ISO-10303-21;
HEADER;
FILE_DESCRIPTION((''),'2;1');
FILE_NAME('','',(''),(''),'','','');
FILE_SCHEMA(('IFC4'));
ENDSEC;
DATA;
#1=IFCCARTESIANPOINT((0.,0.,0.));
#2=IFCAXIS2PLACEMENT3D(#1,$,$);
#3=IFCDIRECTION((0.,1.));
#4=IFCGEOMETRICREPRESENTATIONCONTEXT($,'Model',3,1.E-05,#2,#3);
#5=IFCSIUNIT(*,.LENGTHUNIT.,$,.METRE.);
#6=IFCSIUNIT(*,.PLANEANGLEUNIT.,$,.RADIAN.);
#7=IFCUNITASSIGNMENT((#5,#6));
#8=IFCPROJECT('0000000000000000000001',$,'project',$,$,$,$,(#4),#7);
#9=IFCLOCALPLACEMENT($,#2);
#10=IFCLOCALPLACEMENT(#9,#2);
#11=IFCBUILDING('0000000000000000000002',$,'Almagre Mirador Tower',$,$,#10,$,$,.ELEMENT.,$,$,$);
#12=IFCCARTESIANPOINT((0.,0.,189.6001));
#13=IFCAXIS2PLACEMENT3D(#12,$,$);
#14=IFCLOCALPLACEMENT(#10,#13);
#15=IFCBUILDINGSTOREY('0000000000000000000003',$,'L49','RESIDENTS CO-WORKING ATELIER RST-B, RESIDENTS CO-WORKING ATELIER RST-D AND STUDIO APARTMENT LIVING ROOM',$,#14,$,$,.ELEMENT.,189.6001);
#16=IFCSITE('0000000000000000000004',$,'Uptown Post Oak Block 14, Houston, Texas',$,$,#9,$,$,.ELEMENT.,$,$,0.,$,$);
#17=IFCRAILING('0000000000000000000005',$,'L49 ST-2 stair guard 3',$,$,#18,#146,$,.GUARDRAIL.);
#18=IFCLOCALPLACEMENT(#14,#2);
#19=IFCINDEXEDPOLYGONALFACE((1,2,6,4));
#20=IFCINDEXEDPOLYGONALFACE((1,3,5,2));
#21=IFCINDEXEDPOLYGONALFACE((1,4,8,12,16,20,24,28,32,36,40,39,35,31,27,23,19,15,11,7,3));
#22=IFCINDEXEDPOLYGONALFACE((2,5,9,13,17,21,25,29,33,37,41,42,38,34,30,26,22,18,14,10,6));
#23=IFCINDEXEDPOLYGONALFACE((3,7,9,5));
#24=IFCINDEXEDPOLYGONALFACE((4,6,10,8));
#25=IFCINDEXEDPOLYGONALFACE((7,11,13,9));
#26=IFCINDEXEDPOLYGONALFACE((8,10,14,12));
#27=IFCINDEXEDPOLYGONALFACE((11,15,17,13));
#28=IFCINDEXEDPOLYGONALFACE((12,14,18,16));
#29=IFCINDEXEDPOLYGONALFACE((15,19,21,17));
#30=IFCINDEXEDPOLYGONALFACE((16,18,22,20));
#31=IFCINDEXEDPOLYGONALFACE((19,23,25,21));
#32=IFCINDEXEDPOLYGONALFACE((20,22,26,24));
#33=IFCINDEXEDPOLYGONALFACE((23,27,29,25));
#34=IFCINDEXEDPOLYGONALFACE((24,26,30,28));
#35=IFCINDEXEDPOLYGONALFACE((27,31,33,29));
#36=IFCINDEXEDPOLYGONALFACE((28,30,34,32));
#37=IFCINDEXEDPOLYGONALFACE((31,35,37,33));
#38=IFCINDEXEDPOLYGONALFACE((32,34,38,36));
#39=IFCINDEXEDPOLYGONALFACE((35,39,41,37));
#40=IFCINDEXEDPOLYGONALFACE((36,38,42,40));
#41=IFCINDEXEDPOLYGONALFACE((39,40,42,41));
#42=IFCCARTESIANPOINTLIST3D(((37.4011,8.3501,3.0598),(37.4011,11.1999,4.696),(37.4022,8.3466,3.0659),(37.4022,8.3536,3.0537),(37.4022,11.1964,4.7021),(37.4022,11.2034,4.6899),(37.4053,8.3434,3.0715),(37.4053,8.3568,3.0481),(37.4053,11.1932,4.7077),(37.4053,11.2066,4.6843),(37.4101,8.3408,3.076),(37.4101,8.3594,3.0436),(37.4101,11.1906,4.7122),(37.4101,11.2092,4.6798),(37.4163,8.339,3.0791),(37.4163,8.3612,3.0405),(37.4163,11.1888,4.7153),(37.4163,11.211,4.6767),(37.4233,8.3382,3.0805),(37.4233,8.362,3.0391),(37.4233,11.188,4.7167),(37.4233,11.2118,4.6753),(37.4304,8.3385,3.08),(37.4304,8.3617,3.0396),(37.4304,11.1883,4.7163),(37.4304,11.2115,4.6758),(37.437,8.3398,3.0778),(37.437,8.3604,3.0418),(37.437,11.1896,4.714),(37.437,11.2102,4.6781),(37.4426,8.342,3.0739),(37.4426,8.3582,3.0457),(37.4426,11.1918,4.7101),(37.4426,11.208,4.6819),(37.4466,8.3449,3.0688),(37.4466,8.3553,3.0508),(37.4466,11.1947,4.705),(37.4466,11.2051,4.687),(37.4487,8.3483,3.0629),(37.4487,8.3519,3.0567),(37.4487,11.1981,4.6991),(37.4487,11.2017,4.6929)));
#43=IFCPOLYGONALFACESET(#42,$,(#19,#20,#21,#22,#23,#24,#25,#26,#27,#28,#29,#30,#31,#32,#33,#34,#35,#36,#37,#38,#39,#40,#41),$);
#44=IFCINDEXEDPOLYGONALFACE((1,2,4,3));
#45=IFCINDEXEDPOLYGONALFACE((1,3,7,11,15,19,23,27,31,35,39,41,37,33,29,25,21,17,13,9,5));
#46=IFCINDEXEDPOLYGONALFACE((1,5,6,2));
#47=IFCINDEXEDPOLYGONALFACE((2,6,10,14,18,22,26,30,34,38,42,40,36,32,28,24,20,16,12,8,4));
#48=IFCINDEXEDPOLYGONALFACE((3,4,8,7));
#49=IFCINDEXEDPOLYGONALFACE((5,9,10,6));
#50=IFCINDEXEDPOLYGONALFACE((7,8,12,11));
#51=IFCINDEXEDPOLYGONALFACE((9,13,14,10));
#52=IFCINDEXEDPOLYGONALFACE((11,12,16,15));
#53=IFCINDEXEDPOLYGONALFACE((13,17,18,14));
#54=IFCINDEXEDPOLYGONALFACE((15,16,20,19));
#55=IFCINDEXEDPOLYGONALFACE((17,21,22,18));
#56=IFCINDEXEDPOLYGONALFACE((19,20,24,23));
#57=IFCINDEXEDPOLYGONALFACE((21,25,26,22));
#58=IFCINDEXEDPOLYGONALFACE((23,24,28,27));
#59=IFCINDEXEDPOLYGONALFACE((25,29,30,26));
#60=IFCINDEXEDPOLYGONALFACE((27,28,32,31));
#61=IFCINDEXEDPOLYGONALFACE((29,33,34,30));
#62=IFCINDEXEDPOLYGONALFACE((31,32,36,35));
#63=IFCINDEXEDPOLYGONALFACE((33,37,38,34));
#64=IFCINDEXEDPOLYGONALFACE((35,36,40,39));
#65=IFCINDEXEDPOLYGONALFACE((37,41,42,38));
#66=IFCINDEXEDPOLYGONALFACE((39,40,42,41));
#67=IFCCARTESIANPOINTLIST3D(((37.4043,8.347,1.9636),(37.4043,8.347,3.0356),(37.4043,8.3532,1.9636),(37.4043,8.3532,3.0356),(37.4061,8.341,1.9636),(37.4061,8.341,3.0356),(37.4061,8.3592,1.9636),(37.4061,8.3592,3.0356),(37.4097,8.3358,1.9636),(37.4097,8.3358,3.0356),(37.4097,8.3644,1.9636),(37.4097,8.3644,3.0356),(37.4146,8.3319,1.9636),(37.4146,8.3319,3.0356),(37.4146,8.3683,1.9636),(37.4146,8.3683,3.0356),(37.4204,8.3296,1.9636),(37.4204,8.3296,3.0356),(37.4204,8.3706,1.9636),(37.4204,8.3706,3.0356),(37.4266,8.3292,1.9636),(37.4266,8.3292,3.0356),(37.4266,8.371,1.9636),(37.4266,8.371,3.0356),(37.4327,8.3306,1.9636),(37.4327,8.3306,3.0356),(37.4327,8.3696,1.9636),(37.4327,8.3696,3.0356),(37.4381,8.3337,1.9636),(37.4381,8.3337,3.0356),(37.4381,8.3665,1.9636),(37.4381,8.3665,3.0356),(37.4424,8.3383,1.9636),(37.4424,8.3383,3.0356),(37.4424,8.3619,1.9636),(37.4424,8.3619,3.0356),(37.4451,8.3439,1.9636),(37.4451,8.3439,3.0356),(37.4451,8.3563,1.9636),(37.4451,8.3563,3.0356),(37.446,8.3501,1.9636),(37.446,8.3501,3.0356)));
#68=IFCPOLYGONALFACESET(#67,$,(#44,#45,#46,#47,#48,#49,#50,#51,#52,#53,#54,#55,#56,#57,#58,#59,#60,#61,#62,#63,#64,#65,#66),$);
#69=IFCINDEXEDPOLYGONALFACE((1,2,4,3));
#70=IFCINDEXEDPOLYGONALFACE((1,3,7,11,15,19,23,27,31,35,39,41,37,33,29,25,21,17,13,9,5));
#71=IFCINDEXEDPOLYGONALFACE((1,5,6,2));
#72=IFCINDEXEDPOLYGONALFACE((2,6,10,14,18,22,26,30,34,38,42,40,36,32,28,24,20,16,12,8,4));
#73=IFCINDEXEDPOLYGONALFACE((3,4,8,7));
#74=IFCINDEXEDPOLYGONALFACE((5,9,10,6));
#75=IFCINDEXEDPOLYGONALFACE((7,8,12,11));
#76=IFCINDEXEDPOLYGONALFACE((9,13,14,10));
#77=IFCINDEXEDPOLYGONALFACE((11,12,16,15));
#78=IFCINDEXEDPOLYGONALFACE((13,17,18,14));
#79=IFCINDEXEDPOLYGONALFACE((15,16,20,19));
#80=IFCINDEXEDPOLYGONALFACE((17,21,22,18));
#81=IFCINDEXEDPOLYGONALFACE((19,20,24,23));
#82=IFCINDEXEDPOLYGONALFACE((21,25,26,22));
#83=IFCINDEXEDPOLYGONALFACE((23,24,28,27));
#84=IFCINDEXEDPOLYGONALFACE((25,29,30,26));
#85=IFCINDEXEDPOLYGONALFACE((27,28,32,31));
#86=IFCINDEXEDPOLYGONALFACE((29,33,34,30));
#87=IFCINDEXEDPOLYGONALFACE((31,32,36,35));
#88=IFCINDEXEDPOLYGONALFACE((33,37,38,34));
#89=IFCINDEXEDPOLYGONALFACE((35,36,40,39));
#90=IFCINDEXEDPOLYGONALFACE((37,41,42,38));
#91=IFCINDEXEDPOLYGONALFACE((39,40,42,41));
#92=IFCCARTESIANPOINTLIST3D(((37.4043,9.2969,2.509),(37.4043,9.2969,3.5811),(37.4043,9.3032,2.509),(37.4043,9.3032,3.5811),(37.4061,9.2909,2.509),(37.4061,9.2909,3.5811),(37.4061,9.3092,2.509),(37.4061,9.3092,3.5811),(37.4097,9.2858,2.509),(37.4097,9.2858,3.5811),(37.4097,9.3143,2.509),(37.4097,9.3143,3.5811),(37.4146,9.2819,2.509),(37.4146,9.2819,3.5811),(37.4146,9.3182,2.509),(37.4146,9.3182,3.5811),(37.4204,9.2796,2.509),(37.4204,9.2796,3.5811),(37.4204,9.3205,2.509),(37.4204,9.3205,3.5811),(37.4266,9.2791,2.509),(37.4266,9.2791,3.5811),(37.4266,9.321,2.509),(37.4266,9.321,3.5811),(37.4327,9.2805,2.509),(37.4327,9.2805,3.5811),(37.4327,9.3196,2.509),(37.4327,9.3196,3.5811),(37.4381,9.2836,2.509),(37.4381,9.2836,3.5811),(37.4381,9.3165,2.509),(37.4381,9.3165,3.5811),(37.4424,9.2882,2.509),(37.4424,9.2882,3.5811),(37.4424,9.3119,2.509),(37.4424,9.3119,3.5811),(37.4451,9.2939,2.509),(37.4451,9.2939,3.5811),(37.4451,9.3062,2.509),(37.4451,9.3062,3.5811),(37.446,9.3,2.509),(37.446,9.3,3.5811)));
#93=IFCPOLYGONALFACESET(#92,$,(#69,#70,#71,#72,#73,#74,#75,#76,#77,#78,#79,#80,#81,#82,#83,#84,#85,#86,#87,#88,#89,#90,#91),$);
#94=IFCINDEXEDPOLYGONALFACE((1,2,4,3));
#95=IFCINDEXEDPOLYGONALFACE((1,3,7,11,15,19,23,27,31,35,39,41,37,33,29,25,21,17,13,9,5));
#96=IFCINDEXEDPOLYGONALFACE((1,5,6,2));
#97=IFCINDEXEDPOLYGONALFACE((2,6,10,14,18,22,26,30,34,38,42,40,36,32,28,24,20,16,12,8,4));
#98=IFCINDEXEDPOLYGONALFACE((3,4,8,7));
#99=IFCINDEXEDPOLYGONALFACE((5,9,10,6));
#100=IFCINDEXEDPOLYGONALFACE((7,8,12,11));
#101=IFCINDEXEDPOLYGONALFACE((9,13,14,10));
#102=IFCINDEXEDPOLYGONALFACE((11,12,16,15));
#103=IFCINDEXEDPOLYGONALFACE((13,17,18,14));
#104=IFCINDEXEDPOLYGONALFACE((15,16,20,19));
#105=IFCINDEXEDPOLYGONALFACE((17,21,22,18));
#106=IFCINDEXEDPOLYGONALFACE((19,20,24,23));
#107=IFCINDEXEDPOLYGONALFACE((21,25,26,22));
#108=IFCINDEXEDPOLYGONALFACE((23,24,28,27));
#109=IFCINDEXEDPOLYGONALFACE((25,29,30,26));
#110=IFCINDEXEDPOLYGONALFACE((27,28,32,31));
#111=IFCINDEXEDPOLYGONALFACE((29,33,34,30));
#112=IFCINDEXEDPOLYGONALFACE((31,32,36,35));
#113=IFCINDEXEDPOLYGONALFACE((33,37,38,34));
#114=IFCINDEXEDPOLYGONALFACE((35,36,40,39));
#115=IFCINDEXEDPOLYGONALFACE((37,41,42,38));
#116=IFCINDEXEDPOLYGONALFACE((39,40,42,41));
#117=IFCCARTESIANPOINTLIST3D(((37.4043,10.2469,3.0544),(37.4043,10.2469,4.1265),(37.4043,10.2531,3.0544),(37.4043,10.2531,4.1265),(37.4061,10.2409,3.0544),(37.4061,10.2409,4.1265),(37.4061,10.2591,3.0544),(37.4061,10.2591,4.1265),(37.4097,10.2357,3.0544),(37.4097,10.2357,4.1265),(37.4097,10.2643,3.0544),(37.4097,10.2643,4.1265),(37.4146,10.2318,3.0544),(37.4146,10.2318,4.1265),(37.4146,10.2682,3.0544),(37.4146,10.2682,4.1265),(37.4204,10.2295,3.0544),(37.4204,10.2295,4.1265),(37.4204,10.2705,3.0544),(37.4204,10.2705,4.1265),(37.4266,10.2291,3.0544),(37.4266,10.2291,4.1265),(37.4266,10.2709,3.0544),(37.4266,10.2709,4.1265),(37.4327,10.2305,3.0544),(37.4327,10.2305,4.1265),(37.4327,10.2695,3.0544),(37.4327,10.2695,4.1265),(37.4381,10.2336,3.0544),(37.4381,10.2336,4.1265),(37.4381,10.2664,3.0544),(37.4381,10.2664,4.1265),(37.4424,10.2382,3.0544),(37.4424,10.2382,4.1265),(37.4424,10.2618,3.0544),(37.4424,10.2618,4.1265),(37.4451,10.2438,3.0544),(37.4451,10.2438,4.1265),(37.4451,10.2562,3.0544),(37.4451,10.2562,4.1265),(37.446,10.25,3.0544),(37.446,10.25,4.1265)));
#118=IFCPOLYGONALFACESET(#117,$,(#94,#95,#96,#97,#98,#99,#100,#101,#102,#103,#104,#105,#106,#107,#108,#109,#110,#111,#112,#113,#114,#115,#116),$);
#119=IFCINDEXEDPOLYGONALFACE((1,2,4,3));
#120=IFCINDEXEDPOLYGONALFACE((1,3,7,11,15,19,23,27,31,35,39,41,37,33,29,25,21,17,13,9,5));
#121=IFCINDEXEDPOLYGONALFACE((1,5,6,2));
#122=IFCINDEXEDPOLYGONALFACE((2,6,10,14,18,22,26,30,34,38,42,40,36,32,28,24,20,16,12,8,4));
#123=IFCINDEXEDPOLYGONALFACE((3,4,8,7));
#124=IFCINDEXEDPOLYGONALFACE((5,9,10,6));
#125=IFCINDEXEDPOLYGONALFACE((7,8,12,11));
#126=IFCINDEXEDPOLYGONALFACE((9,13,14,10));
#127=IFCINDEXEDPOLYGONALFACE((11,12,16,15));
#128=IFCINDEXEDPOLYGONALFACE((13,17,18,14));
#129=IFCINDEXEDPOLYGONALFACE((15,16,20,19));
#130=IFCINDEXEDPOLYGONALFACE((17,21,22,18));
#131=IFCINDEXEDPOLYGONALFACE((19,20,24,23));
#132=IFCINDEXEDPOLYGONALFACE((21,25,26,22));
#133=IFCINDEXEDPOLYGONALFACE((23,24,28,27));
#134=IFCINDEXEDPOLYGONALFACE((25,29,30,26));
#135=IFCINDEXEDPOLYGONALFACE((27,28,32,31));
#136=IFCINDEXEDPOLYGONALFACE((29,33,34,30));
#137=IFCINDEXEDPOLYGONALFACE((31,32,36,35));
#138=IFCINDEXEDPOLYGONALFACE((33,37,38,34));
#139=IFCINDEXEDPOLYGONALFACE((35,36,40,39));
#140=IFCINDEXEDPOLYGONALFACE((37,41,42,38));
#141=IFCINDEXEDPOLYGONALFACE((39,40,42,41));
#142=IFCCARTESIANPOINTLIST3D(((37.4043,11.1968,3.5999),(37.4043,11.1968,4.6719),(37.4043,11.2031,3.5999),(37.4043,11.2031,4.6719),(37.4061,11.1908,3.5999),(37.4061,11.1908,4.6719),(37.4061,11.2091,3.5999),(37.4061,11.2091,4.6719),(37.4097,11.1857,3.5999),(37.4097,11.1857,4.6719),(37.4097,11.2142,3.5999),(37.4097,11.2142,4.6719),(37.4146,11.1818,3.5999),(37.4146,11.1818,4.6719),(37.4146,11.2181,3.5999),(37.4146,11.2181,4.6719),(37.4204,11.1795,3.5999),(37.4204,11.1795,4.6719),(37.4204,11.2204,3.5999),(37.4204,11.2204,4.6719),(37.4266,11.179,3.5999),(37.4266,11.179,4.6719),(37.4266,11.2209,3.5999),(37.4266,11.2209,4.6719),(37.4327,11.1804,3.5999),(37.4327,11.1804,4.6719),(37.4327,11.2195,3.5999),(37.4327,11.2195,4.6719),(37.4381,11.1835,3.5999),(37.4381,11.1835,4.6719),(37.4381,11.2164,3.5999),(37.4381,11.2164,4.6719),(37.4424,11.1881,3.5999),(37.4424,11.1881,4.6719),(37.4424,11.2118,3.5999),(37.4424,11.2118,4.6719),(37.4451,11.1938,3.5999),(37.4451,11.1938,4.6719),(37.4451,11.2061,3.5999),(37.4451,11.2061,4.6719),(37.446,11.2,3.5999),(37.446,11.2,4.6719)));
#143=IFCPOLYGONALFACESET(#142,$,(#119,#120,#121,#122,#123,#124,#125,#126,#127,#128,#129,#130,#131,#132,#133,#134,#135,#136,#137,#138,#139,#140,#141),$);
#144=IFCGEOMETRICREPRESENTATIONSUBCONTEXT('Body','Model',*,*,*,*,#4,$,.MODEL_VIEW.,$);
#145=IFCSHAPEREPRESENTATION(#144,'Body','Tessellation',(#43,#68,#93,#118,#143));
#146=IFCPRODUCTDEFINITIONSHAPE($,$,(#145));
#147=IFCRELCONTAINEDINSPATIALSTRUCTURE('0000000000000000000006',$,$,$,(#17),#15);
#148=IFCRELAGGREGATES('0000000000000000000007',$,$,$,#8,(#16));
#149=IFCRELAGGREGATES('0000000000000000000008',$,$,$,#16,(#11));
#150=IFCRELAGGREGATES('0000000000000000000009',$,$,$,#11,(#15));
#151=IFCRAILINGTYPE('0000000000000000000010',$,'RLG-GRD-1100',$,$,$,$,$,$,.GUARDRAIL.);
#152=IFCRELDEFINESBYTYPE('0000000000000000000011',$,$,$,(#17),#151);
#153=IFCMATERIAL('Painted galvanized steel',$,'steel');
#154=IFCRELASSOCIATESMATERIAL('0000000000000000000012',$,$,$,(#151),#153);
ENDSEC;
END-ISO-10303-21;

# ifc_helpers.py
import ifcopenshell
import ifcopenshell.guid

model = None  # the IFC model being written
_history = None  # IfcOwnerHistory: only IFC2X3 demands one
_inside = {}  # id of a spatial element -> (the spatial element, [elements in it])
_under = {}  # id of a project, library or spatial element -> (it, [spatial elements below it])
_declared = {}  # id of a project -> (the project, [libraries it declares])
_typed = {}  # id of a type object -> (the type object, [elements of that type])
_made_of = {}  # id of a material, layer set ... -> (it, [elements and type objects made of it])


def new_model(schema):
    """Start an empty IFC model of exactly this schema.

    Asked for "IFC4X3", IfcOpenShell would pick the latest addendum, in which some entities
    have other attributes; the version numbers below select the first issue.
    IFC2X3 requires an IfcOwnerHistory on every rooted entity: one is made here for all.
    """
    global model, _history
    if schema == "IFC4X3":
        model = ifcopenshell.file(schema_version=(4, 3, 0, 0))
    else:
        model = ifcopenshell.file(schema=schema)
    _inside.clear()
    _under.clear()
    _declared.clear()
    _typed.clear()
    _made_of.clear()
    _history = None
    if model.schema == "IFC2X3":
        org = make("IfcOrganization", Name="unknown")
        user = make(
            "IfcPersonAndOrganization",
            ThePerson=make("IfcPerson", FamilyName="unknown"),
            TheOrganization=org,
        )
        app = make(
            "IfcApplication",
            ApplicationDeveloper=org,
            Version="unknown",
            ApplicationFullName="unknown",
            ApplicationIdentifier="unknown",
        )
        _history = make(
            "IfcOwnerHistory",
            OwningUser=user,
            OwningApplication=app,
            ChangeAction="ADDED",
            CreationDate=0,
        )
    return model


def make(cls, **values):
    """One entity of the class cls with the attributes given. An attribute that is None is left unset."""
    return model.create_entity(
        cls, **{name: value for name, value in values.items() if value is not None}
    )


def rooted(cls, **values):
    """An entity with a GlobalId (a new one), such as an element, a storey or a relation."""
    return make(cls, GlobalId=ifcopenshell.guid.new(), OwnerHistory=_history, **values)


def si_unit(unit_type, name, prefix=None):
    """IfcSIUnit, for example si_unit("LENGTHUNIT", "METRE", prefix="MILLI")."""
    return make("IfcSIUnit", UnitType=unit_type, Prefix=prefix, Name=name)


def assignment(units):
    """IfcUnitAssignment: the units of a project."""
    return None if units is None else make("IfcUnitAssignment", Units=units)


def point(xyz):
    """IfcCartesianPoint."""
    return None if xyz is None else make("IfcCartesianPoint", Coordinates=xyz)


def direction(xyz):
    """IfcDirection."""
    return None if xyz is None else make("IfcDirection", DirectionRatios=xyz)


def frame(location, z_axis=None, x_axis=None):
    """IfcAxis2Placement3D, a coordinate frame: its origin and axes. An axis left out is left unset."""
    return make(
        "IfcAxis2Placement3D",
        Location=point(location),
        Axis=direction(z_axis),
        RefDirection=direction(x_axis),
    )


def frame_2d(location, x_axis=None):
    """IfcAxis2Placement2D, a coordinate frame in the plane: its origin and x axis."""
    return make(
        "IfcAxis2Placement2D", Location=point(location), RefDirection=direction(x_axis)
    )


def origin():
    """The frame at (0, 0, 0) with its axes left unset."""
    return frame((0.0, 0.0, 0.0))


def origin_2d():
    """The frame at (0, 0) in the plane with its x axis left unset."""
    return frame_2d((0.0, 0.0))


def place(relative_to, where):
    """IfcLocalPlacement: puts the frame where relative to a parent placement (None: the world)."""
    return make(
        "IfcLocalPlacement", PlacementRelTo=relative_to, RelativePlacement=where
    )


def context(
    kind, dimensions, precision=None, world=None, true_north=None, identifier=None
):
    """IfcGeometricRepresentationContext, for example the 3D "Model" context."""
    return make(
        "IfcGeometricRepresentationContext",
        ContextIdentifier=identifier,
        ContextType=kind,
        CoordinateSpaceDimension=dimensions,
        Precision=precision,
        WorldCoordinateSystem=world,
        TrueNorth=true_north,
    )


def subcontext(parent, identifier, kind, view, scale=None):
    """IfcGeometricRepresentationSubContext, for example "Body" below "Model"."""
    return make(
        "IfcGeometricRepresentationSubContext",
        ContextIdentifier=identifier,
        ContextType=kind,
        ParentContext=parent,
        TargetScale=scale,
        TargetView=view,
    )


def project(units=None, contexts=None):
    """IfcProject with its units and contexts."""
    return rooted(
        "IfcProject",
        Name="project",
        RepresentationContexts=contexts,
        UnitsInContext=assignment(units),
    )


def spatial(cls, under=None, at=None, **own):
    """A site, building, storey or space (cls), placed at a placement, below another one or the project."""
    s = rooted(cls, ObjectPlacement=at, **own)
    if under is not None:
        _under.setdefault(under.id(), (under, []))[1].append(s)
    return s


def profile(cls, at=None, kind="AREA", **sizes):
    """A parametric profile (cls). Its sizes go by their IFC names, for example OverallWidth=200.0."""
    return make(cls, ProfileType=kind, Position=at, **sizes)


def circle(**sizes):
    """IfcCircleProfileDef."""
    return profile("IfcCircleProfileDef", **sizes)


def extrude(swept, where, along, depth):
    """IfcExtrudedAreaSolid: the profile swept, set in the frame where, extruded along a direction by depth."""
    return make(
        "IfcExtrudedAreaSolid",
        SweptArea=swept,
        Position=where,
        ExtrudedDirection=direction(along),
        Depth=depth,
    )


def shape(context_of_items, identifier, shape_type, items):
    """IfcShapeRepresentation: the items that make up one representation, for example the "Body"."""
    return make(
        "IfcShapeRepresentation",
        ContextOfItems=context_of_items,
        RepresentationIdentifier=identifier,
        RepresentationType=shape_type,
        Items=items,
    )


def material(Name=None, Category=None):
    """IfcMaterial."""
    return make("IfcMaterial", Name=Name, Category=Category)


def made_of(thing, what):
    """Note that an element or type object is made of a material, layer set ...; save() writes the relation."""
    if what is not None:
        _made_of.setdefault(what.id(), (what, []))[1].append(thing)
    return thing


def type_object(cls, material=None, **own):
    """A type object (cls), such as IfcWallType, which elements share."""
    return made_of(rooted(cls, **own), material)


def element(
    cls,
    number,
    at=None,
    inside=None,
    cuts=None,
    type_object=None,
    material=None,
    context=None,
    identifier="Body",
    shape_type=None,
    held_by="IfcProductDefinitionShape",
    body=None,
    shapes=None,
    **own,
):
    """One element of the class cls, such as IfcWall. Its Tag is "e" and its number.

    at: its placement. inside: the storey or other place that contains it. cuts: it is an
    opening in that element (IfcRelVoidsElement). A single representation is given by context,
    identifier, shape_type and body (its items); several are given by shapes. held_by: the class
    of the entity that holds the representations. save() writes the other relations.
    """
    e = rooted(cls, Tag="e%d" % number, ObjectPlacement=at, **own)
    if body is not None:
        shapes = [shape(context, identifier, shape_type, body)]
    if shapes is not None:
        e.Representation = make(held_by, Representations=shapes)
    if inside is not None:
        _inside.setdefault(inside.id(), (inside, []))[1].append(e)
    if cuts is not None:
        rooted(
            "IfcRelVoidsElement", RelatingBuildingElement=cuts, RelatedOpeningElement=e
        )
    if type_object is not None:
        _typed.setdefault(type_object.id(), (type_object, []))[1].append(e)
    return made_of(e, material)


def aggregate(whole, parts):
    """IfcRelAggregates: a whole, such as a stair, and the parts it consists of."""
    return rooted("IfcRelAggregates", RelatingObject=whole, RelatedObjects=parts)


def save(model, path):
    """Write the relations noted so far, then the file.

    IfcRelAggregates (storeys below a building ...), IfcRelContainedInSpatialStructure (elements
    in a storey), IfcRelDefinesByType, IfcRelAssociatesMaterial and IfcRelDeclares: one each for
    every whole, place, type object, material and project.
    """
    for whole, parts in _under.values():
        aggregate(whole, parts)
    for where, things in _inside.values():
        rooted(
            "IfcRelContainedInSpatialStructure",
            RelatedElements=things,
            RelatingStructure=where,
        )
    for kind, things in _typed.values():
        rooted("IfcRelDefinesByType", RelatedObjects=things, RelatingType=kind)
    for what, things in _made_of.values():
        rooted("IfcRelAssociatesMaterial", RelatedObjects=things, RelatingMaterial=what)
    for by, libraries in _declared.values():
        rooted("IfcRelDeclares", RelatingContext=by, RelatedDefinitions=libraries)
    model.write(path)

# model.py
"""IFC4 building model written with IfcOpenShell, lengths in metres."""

from ifc_helpers import new_model, si_unit, direction, frame, origin, origin_2d, place, context, subcontext, project, spatial, circle, extrude, material, type_object, element, save


model = new_model("IFC4")

# Units and contexts
model_context = context("Model", 3, precision=1e-05, world=origin(), true_north=direction((0.0, 1.0)))
body_context = subcontext(model_context, "Body", "Model", "MODEL_VIEW")
ifc_project = project(units=[si_unit("LENGTHUNIT", "METRE"), si_unit("PLANEANGLEUNIT", "RADIAN")], contexts=[model_context])

# Site, building, storey
site_placement = place(None, origin())
site = spatial("IfcSite", under=ifc_project, at=site_placement, Name="Uptown Post Oak Block 14, Houston, Texas", CompositionType="ELEMENT", RefElevation=0.0)
building_placement = place(site_placement, origin())
building = spatial("IfcBuilding", under=site, at=building_placement, Name="Almagre Mirador Tower", CompositionType="ELEMENT")
storey_placement = place(building_placement, frame((0.0, 0.0, 189.6001)))
storey = spatial("IfcBuildingStorey", under=building, at=storey_placement, Name="L49", Description="RESIDENTS CO-WORKING ATELIER RST-B, RESIDENTS CO-WORKING ATELIER RST-D AND STUDIO APARTMENT LIVING ROOM", CompositionType="ELEMENT", Elevation=189.6001)

# Railing
ifc_material_1 = material(Name="Painted galvanized steel", Category="steel")
railing_type_1 = type_object("IfcRailingType", Name="RLG-GRD-1100", PredefinedType="GUARDRAIL", material=ifc_material_1)
railing_1_placement = place(storey_placement, frame((37.425, 8.3501, 1.9636)))
element("IfcRailing", 1, at=railing_1_placement, inside=storey, type_object=railing_type_1, Name="L49 ST-2 stair guard 3", PredefinedType="GUARDRAIL", context=body_context, shape_type="SweptSolid", body=[
    extrude(circle(Radius=0.0239, at=origin_2d()), frame((0.0, 0.0, 1.0962), z_axis=(0.0, 0.867226, 0.497914), x_axis=(-1.0, 0.0, 0.0)), (0.0, 0.0, 1.0), 3.2861),
    extrude(circle(Radius=0.021, at=origin_2d()), origin(), (0.0, 0.0, 1.0), 1.072),
    extrude(circle(Radius=0.021, at=origin_2d()), frame((0.0, 0.95, 0.5454)), (0.0, 0.0, 1.0), 1.072),
    extrude(circle(Radius=0.021, at=origin_2d()), frame((0.0, 1.8999, 1.0908)), (0.0, 0.0, 1.0), 1.072),
    extrude(circle(Radius=0.021, at=origin_2d()), frame((0.0, 2.8499, 1.6362)), (0.0, 0.0, 1.0), 1.072),
])

save(model, "model.ifc")
